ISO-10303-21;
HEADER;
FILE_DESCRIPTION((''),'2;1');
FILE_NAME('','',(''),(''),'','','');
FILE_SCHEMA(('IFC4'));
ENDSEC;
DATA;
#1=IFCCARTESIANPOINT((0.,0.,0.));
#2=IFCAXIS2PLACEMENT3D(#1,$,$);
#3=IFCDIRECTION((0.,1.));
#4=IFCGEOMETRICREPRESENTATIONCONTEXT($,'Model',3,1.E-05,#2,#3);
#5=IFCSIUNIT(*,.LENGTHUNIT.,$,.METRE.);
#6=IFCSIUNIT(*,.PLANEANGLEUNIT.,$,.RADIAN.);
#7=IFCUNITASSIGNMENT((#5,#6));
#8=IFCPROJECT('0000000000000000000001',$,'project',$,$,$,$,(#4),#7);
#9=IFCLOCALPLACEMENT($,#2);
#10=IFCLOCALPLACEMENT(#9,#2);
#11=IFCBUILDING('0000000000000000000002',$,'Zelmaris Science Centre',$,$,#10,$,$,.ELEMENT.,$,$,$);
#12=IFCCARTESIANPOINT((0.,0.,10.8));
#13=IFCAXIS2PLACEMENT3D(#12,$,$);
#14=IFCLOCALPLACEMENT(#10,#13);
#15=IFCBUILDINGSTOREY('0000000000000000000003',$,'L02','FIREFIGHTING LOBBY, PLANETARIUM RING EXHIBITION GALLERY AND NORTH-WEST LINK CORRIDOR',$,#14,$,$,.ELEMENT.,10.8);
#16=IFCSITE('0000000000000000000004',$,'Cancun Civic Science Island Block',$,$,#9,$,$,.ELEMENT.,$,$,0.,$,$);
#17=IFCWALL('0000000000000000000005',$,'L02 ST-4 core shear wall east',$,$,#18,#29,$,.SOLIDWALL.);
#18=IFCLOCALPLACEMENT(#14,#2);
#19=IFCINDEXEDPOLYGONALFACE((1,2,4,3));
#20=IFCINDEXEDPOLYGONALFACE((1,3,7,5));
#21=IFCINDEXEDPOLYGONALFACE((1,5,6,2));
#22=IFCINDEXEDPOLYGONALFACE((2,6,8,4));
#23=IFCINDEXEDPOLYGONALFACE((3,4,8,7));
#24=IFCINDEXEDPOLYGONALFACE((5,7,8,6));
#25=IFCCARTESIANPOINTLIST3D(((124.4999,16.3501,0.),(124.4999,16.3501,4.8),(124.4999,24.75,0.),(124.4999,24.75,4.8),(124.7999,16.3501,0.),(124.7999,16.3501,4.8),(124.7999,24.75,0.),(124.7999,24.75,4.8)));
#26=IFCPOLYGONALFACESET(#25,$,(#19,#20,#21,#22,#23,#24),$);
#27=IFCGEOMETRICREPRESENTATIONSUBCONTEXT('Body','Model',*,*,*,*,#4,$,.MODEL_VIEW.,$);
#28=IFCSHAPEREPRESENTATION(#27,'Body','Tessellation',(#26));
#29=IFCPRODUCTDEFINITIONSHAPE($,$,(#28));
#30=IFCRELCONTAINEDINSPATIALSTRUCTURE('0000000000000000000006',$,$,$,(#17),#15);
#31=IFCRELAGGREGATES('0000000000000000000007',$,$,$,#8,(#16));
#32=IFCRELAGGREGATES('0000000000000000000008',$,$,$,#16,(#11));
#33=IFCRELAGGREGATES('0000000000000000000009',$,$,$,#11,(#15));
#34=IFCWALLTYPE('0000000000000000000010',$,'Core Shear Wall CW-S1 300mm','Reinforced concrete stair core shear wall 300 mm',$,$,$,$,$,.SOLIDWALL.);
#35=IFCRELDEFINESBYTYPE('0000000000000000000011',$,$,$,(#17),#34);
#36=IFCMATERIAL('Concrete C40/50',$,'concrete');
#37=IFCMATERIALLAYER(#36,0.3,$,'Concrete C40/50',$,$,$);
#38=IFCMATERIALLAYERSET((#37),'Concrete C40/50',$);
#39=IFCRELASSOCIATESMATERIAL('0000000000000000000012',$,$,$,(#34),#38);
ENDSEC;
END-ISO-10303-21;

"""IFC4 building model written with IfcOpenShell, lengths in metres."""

from ifc_helpers import new_model, si_unit, direction, frame, frame_2d, origin, place, context, subcontext, project, spatial, rectangle, extrude, material, layer, layer_set, type_object, element, save


model = new_model("IFC4")

# Units and contexts
model_context = context("Model", 3, precision=1e-05, world=origin(), true_north=direction((0.0, 1.0)))
body_context = subcontext(model_context, "Body", "Model", "MODEL_VIEW")
ifc_project = project(units=[si_unit("LENGTHUNIT", "METRE"), si_unit("PLANEANGLEUNIT", "RADIAN")], contexts=[model_context])

# Site, building, storey
site_placement = place(None, origin())
site = spatial("IfcSite", under=ifc_project, at=site_placement, Name="Cancun Civic Science Island Block", CompositionType="ELEMENT", RefElevation=0.0)
building_placement = place(site_placement, origin())
building = spatial("IfcBuilding", under=site, at=building_placement, Name="Zelmaris Science Centre", CompositionType="ELEMENT")
storey_placement = place(building_placement, frame((0.0, 0.0, 10.8)))
storey = spatial("IfcBuildingStorey", under=building, at=storey_placement, Name="L02", Description="FIREFIGHTING LOBBY, PLANETARIUM RING EXHIBITION GALLERY AND NORTH-WEST LINK CORRIDOR", CompositionType="ELEMENT", Elevation=10.8)

# Shared definitions
ifc_material_1 = material(Name="Concrete C40/50", Category="concrete")
ifc_layer_1 = layer(ifc_material_1, 0.3, Name="Concrete C40/50")
ifc_layer_set_1 = layer_set([ifc_layer_1], Name="Concrete C40/50")
wall_type = type_object("IfcWallType", Name="Core Shear Wall CW-S1 300mm", Description="Reinforced concrete stair core shear wall 300 mm", PredefinedType="SOLIDWALL", material=ifc_layer_set_1)

# Wall
wall_1_placement = place(storey_placement, frame((124.6499, 16.3501, 0.0), z_axis=(0.0, 0.0, 1.0), x_axis=(0.0, 1.0, 0.0)))
element("IfcWall", 1, at=wall_1_placement, inside=storey, type_object=wall_type, Name="L02 ST-4 core shear wall east", PredefinedType="SOLIDWALL", context=body_context, shape_type="SweptSolid", body=[
    extrude(rectangle(XDim=8.3999, YDim=0.3, at=frame_2d((4.2, 0.0))), origin(), (0.0, 0.0, 1.0), 4.8),
])

save(model, "model.ifc")
